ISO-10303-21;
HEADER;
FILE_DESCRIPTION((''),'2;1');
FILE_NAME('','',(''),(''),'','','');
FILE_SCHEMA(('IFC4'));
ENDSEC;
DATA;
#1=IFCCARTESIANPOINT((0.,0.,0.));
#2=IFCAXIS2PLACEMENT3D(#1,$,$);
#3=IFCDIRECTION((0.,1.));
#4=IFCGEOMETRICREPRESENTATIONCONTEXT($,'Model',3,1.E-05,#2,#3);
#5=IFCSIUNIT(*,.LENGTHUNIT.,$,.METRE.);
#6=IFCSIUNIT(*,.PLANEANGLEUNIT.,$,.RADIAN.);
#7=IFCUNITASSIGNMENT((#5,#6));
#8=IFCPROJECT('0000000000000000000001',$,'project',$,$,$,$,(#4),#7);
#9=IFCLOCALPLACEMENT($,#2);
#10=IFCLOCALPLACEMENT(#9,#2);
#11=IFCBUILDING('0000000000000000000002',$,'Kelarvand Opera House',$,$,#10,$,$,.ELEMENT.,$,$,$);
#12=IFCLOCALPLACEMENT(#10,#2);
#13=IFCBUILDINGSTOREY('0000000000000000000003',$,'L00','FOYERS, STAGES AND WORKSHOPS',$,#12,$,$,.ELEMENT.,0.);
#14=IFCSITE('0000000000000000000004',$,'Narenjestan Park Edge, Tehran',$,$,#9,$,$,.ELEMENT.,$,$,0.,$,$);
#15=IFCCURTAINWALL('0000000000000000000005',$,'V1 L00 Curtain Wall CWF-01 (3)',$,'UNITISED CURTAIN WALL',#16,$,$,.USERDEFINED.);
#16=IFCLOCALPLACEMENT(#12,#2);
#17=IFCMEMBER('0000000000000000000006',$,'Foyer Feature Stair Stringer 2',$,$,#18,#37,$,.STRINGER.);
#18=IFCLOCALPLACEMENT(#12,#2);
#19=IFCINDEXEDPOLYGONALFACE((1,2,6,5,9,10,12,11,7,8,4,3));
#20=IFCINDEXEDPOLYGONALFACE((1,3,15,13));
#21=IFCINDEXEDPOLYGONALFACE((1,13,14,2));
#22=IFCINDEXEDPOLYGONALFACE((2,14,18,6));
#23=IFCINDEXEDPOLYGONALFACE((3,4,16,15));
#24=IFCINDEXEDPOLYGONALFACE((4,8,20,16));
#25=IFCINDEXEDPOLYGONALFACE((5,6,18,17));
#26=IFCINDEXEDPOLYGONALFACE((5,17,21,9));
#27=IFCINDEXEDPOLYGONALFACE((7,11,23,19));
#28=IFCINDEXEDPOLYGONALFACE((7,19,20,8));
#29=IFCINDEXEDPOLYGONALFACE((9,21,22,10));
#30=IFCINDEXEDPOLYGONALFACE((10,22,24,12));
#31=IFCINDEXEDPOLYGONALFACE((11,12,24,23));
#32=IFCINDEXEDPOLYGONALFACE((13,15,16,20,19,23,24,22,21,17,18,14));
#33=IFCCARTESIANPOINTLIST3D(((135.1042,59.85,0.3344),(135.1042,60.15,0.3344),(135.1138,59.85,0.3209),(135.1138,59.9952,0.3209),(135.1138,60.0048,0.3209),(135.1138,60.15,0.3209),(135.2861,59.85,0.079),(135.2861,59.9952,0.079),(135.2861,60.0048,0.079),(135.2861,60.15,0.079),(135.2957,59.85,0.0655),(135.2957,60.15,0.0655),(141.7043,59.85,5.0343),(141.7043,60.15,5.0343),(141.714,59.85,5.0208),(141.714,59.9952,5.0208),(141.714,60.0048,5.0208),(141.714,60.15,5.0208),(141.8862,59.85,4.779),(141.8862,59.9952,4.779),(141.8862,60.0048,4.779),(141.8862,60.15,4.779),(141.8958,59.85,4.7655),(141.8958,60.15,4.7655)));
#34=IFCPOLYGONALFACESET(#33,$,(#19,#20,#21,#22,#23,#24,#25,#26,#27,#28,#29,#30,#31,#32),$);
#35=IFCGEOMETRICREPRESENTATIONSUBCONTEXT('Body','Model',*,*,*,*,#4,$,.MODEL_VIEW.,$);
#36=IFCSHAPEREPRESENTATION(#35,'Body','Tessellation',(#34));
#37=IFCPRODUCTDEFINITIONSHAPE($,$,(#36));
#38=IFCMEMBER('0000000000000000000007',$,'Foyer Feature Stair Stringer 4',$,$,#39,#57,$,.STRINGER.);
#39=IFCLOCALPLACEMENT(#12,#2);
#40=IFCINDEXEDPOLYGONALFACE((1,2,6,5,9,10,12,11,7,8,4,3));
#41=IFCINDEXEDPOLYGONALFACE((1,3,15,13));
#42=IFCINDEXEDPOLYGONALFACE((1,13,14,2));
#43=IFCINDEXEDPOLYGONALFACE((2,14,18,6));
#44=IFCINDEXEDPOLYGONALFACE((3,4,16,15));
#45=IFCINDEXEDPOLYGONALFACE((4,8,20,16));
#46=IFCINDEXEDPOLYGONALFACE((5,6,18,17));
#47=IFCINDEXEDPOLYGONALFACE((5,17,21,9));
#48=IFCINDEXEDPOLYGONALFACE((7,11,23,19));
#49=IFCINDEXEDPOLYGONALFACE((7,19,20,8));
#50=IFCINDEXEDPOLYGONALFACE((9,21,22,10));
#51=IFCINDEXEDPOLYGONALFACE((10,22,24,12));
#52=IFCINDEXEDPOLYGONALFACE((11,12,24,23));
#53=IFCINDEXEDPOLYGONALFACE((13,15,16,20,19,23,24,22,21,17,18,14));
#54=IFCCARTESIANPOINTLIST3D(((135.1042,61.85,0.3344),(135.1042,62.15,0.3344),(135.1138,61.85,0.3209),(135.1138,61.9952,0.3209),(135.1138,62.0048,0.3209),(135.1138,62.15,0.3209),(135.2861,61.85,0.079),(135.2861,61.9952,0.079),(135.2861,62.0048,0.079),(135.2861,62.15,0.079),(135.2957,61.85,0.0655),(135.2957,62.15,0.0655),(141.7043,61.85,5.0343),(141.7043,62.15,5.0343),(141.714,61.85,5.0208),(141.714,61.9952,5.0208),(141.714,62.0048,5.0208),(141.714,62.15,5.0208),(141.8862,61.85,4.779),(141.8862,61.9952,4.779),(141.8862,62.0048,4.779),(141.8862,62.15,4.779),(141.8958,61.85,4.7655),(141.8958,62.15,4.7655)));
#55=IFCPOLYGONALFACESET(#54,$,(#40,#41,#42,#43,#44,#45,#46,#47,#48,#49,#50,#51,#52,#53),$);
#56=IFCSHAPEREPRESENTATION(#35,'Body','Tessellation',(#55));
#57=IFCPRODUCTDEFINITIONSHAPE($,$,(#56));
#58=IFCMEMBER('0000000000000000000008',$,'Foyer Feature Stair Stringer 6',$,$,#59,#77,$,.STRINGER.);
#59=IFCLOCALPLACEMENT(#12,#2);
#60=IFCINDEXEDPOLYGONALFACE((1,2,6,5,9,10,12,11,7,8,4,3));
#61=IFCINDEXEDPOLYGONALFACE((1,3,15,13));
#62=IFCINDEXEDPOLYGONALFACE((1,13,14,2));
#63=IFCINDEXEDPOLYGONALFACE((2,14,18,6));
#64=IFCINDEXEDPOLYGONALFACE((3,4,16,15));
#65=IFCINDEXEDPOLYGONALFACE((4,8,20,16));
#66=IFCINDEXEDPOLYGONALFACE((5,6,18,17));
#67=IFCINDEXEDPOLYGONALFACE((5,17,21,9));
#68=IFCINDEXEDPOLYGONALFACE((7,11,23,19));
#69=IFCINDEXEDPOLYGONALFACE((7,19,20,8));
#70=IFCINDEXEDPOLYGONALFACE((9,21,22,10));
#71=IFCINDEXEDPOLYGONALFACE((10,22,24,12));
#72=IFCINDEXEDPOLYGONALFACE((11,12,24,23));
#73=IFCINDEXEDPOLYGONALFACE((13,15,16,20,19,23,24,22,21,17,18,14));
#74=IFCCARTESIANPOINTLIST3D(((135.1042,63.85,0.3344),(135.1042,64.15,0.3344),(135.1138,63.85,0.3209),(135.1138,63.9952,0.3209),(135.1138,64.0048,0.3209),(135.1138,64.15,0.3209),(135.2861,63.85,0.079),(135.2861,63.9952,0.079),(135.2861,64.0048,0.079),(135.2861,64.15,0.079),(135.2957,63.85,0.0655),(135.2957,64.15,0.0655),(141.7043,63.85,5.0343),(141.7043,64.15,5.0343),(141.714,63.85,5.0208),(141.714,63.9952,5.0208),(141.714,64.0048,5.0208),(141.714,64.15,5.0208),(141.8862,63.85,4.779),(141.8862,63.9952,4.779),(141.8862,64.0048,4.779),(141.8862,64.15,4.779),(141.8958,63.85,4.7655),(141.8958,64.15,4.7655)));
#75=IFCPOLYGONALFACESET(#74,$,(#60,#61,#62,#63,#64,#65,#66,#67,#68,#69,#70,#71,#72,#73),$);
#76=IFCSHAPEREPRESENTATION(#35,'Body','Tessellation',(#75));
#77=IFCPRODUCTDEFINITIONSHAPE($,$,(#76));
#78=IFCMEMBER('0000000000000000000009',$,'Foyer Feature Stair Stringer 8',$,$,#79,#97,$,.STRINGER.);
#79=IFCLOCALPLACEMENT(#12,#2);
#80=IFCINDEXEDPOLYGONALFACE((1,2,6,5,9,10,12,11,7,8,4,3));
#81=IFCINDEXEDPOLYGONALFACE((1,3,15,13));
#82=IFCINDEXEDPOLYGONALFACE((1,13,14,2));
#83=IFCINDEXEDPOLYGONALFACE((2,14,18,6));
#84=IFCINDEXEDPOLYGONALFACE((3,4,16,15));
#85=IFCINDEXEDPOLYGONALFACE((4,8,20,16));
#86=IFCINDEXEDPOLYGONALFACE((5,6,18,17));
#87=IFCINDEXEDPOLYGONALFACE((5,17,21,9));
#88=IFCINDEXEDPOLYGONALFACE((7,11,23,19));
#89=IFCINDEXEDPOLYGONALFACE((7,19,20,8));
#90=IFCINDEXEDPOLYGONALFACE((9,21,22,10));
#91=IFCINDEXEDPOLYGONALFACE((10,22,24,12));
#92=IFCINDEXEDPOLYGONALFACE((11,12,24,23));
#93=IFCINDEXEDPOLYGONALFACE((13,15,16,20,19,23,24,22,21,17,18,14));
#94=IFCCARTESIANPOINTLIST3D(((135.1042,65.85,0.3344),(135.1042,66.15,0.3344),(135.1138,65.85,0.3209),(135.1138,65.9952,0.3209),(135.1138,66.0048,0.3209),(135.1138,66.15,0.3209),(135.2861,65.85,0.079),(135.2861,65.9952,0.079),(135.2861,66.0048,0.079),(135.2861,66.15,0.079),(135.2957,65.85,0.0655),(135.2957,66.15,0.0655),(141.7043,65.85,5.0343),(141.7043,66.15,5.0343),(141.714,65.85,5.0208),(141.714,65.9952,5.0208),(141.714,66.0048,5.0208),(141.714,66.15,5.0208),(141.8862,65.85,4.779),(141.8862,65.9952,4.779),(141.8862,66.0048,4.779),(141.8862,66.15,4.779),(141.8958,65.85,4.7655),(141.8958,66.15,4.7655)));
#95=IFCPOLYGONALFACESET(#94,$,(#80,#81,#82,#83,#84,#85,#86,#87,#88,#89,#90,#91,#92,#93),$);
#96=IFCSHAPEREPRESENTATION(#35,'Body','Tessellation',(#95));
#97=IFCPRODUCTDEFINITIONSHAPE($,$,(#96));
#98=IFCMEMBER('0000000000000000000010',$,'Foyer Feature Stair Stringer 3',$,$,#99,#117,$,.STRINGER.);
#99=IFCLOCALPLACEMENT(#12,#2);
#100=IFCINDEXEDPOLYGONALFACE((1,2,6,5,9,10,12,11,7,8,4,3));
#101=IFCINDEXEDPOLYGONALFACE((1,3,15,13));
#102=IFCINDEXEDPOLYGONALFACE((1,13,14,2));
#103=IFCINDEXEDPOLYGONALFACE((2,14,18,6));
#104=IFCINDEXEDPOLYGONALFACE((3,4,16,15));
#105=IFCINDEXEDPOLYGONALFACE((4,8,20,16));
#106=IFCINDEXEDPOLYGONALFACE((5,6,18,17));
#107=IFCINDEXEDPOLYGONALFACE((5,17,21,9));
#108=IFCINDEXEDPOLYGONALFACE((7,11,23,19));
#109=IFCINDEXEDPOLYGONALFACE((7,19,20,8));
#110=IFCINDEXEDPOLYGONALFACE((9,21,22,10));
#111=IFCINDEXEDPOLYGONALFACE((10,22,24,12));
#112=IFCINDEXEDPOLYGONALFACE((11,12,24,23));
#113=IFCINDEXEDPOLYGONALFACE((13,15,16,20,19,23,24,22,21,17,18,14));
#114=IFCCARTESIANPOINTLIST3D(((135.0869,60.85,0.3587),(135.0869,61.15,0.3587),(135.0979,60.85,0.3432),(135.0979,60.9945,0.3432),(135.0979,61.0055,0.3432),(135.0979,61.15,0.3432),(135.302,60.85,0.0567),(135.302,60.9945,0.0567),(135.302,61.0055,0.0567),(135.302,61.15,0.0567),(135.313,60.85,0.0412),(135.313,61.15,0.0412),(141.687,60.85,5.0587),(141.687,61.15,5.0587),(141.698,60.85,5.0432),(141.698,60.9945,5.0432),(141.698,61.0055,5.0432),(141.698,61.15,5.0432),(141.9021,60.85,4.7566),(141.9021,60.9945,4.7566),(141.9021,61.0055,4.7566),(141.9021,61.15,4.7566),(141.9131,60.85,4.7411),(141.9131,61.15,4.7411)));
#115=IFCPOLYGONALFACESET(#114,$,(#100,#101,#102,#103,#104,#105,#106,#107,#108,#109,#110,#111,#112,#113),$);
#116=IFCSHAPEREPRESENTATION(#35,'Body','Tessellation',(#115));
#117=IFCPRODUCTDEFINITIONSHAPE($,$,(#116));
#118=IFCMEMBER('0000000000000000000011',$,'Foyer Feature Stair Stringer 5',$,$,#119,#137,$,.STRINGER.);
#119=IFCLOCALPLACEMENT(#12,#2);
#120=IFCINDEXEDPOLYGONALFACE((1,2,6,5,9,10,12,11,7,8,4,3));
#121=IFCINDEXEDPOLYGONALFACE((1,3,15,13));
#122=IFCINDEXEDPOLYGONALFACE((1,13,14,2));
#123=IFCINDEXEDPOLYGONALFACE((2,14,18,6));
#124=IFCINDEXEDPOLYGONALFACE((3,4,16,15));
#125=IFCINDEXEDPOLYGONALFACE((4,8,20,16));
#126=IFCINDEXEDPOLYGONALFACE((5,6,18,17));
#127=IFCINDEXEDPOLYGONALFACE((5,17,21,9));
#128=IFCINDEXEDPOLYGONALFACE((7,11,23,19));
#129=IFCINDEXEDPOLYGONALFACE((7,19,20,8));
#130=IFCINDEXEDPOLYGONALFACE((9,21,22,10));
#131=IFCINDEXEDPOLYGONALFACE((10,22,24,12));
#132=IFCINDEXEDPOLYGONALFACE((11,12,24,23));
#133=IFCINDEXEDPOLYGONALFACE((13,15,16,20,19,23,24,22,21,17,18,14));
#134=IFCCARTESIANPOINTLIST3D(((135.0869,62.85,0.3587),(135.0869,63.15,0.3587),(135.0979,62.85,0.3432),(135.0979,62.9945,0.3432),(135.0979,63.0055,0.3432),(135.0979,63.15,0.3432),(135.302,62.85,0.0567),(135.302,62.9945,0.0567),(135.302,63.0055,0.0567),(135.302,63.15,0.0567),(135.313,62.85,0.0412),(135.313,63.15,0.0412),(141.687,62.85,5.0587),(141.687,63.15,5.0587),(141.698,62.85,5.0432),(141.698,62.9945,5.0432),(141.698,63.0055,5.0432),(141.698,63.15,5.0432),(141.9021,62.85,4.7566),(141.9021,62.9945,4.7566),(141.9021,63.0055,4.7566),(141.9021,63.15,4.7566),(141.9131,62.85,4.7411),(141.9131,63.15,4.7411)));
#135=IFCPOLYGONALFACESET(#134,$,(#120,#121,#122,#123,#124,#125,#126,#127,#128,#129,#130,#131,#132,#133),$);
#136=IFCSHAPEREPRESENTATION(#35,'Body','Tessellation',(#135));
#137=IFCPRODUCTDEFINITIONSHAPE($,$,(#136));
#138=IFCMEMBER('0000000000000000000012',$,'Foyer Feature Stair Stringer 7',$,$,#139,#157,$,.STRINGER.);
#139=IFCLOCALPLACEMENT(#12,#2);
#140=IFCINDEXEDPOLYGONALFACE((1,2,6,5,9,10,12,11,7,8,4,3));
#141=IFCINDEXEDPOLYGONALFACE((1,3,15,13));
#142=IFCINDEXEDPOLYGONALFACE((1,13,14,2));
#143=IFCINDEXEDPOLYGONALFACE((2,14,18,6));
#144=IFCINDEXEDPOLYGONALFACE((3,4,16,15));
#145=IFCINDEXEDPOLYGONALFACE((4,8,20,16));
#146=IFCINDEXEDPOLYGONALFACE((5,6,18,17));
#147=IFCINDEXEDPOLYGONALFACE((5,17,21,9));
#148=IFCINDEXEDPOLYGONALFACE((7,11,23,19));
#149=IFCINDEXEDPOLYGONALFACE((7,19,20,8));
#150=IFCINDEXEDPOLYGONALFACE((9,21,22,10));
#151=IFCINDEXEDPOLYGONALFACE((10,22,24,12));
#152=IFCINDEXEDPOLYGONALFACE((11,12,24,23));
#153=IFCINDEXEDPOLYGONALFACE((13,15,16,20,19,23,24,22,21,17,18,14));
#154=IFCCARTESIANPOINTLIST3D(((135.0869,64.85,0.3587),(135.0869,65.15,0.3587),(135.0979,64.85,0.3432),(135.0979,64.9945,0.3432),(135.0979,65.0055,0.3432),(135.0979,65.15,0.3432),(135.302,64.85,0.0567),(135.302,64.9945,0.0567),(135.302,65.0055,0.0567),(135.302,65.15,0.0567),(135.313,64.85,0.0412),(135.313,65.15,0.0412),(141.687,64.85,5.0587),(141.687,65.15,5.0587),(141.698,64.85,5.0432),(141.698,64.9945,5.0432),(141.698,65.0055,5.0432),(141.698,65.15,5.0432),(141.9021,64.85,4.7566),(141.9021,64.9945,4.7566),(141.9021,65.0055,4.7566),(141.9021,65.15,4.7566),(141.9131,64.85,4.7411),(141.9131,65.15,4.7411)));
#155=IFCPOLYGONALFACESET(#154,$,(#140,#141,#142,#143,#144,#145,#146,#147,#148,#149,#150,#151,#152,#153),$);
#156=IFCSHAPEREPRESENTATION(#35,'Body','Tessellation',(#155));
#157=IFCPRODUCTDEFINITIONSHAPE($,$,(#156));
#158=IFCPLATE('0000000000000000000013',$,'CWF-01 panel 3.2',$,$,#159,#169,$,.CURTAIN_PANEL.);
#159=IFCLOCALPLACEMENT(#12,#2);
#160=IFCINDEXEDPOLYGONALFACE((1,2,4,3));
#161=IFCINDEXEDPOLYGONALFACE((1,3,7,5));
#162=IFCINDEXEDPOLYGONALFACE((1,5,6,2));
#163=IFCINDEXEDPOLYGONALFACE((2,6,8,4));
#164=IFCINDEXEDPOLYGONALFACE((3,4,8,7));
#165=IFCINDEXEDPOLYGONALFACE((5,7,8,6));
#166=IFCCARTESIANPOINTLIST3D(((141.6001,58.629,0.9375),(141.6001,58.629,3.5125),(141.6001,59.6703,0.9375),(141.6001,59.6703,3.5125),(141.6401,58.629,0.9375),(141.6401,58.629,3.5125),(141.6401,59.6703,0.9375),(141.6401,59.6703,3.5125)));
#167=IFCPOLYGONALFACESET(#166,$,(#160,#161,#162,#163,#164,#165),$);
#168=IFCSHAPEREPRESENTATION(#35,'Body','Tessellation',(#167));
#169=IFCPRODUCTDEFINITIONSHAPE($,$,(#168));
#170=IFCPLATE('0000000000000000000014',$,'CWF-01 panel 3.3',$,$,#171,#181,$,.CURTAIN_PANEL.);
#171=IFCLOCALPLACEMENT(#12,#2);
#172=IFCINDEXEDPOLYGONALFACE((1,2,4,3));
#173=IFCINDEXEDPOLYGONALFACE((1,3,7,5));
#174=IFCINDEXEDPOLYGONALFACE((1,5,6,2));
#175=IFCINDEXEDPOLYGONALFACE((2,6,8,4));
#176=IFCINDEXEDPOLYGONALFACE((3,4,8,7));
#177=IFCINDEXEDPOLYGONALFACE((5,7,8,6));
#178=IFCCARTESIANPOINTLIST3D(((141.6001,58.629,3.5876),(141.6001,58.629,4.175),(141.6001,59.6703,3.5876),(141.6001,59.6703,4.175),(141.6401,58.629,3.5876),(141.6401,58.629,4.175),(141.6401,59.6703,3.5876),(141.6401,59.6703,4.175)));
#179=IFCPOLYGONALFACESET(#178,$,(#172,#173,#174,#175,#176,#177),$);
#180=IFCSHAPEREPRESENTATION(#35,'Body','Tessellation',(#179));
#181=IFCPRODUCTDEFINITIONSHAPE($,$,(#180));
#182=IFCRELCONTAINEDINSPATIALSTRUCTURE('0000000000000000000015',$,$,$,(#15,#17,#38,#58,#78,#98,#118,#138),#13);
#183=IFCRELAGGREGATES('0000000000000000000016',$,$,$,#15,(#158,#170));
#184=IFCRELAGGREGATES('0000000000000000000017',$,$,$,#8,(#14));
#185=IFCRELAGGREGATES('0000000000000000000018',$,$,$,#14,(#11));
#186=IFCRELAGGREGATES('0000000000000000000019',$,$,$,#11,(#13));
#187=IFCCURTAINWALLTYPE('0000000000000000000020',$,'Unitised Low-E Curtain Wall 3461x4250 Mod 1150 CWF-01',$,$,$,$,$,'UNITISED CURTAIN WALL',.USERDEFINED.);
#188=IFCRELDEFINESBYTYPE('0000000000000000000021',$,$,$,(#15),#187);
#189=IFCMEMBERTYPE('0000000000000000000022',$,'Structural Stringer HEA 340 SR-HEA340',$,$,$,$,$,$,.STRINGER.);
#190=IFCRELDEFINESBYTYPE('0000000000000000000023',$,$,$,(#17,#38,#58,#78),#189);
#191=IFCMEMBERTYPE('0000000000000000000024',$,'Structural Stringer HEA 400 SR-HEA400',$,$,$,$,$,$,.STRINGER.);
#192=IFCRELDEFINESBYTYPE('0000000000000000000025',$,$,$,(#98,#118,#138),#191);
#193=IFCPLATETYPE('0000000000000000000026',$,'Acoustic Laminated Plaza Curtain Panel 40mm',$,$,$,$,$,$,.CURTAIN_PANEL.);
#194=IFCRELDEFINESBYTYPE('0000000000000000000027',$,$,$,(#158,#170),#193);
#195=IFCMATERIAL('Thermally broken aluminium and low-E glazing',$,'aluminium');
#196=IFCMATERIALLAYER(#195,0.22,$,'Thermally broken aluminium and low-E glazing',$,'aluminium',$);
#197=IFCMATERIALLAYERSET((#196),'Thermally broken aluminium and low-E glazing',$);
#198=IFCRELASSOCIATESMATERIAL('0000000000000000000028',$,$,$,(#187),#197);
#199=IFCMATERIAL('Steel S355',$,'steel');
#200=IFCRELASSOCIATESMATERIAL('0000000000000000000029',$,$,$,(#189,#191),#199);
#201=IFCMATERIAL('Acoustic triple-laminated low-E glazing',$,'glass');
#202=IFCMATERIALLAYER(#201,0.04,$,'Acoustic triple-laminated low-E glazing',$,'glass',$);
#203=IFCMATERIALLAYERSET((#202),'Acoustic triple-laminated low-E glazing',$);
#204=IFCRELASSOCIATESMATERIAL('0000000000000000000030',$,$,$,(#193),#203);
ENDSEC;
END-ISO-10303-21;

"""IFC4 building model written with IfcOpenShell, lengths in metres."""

from ifc_helpers import new_model, si_unit, direction, frame, origin, origin_2d, place, context, subcontext, project, spatial, rectangle, i_section, extrude, material, layer, layer_set, material_profile, profile_set, type_object, element, aggregate, save


model = new_model("IFC4")

# Units and contexts
model_context = context("Model", 3, precision=1e-05, world=origin(), true_north=direction((0.0, 1.0)))
body_context = subcontext(model_context, "Body", "Model", "MODEL_VIEW")
ifc_project = project(units=[si_unit("LENGTHUNIT", "METRE"), si_unit("PLANEANGLEUNIT", "RADIAN")], contexts=[model_context])

# Site, building, storey
site_placement = place(None, origin())
site = spatial("IfcSite", under=ifc_project, at=site_placement, Name="Narenjestan Park Edge, Tehran", CompositionType="ELEMENT", RefElevation=0.0)
building_placement = place(site_placement, origin())
building = spatial("IfcBuilding", under=site, at=building_placement, Name="Kelarvand Opera House", CompositionType="ELEMENT")
storey_placement = place(building_placement, origin())
storey = spatial("IfcBuildingStorey", under=building, at=storey_placement, Name="L00", Description="FOYERS, STAGES AND WORKSHOPS", CompositionType="ELEMENT", Elevation=0.0)

# Curtain wall
ifc_material_1 = material(Name="Thermally broken aluminium and low-E glazing", Category="aluminium")
ifc_layer_1 = layer(ifc_material_1, 0.22, Name="Thermally broken aluminium and low-E glazing", Category="aluminium")
ifc_layer_set_1 = layer_set([ifc_layer_1], Name="Thermally broken aluminium and low-E glazing")
curtain_wall_type = type_object("IfcCurtainWallType", Name="Unitised Low-E Curtain Wall 3461x4250 Mod 1150 CWF-01", ElementType="UNITISED CURTAIN WALL", PredefinedType="USERDEFINED", material=ifc_layer_set_1)
curtain_wall_placement = place(storey_placement, origin())
curtain_wall = element("IfcCurtainWall", 1, at=curtain_wall_placement, inside=storey, type_object=curtain_wall_type, Name="V1 L00 Curtain Wall CWF-01 (3)", ObjectType="UNITISED CURTAIN WALL", PredefinedType="USERDEFINED")

# Shared definitions
ifc_material_2 = material(Name="Steel S355", Category="steel")

# Members
ifc_material_profile_1 = material_profile(ifc_material_2, i_section(OverallWidth=0.3, OverallDepth=0.3301, WebThickness=0.0095, FlangeThickness=0.0166, at=origin_2d()), Name="HEA 340", Category="steel")
ifc_profile_set_1 = profile_set([ifc_material_profile_1], Name="Steel S355")
member_type_1 = type_object("IfcMemberType", Name="Structural Stringer HEA 340 SR-HEA340", PredefinedType="STRINGER", material=ifc_profile_set_1)
for number, where, z_axis, x_axis, name in (
    (2, (135.2, 60.0, 0.2), (0.814573, 0.0, 0.58006), (0.0, 1.0, 0.0), "Foyer Feature Stair Stringer 2"),
    (3, (135.2, 62.0, 0.2), (0.814573, 0.0, 0.58006), (0.0, 1.0, 0.0), "Foyer Feature Stair Stringer 4"),
    (4, (135.2, 64.0, 0.2), (0.814573, 0.0, 0.58006), (0.0, 1.0, 0.0), "Foyer Feature Stair Stringer 6"),
    (5, (135.2, 66.0, 0.2), (0.814573, 0.0, 0.58006), (0.0, 1.0, 0.0), "Foyer Feature Stair Stringer 8"),
):
    element("IfcMember", number, at=place(storey_placement, frame(where, z_axis=z_axis, x_axis=x_axis)), inside=storey, type_object=member_type_1, Name=name, PredefinedType="STRINGER", context=body_context, shape_type="SweptSolid", body=[
        extrude(i_section(OverallWidth=0.3, OverallDepth=0.3301, WebThickness=0.0095, FlangeThickness=0.0166, at=origin_2d()), origin(), (0.0, 0.0, 1.0), 8.1025),
    ])
ifc_material_profile_2 = material_profile(ifc_material_2, i_section(OverallWidth=0.3, OverallDepth=0.3899, WebThickness=0.011, FlangeThickness=0.019, at=origin_2d()), Name="HEA 400", Category="steel")
ifc_profile_set_2 = profile_set([ifc_material_profile_2], Name="Steel S355")
member_type_2 = type_object("IfcMemberType", Name="Structural Stringer HEA 400 SR-HEA400", PredefinedType="STRINGER", material=ifc_profile_set_2)
for number, where, z_axis, x_axis, name in (
    (6, (135.2, 61.0, 0.2), (0.814573, 0.0, 0.58006), (0.0, 1.0, 0.0), "Foyer Feature Stair Stringer 3"),
    (7, (135.2, 63.0, 0.2), (0.814573, 0.0, 0.58006), (0.0, 1.0, 0.0), "Foyer Feature Stair Stringer 5"),
    (8, (135.2, 65.0, 0.2), (0.814573, 0.0, 0.58006), (0.0, 1.0, 0.0), "Foyer Feature Stair Stringer 7"),
):
    element("IfcMember", number, at=place(storey_placement, frame(where, z_axis=z_axis, x_axis=x_axis)), inside=storey, type_object=member_type_2, Name=name, PredefinedType="STRINGER", context=body_context, shape_type="SweptSolid", body=[
        extrude(i_section(OverallWidth=0.3, OverallDepth=0.3899, WebThickness=0.011, FlangeThickness=0.019, at=origin_2d()), origin(), (0.0, 0.0, 1.0), 8.1025),
    ])

# Plates
ifc_material_3 = material(Name="Acoustic triple-laminated low-E glazing", Category="glass")
ifc_layer_2 = layer(ifc_material_3, 0.04, Name="Acoustic triple-laminated low-E glazing", Category="glass")
ifc_layer_set_2 = layer_set([ifc_layer_2], Name="Acoustic triple-laminated low-E glazing")
plate_type = type_object("IfcPlateType", Name="Acoustic Laminated Plaza Curtain Panel 40mm", PredefinedType="CURTAIN_PANEL", material=ifc_layer_set_2)
plate_1_placement = place(storey_placement, frame((141.6201, 59.1497, 0.9375), z_axis=(0.0, 0.0, 1.0), x_axis=(0.0, -1.0, 0.0)))
plate_1 = element("IfcPlate", 9, at=plate_1_placement, type_object=plate_type, Name="CWF-01 panel 3.2", PredefinedType="CURTAIN_PANEL", context=body_context, shape_type="SweptSolid", body=[
    extrude(rectangle(XDim=1.0413, YDim=0.04, at=origin_2d()), origin(), (0.0, 0.0, 1.0), 2.575),
])
plate_2_placement = place(storey_placement, frame((141.6201, 59.1497, 3.5876), z_axis=(0.0, 0.0, 1.0), x_axis=(0.0, -1.0, 0.0)))
plate_2 = element("IfcPlate", 10, at=plate_2_placement, type_object=plate_type, Name="CWF-01 panel 3.3", PredefinedType="CURTAIN_PANEL", context=body_context, shape_type="SweptSolid", body=[
    extrude(rectangle(XDim=1.0413, YDim=0.04, at=origin_2d()), origin(), (0.0, 0.0, 1.0), 0.5874),
])
aggregate(curtain_wall, [plate_1, plate_2])

save(model, "model.ifc")
